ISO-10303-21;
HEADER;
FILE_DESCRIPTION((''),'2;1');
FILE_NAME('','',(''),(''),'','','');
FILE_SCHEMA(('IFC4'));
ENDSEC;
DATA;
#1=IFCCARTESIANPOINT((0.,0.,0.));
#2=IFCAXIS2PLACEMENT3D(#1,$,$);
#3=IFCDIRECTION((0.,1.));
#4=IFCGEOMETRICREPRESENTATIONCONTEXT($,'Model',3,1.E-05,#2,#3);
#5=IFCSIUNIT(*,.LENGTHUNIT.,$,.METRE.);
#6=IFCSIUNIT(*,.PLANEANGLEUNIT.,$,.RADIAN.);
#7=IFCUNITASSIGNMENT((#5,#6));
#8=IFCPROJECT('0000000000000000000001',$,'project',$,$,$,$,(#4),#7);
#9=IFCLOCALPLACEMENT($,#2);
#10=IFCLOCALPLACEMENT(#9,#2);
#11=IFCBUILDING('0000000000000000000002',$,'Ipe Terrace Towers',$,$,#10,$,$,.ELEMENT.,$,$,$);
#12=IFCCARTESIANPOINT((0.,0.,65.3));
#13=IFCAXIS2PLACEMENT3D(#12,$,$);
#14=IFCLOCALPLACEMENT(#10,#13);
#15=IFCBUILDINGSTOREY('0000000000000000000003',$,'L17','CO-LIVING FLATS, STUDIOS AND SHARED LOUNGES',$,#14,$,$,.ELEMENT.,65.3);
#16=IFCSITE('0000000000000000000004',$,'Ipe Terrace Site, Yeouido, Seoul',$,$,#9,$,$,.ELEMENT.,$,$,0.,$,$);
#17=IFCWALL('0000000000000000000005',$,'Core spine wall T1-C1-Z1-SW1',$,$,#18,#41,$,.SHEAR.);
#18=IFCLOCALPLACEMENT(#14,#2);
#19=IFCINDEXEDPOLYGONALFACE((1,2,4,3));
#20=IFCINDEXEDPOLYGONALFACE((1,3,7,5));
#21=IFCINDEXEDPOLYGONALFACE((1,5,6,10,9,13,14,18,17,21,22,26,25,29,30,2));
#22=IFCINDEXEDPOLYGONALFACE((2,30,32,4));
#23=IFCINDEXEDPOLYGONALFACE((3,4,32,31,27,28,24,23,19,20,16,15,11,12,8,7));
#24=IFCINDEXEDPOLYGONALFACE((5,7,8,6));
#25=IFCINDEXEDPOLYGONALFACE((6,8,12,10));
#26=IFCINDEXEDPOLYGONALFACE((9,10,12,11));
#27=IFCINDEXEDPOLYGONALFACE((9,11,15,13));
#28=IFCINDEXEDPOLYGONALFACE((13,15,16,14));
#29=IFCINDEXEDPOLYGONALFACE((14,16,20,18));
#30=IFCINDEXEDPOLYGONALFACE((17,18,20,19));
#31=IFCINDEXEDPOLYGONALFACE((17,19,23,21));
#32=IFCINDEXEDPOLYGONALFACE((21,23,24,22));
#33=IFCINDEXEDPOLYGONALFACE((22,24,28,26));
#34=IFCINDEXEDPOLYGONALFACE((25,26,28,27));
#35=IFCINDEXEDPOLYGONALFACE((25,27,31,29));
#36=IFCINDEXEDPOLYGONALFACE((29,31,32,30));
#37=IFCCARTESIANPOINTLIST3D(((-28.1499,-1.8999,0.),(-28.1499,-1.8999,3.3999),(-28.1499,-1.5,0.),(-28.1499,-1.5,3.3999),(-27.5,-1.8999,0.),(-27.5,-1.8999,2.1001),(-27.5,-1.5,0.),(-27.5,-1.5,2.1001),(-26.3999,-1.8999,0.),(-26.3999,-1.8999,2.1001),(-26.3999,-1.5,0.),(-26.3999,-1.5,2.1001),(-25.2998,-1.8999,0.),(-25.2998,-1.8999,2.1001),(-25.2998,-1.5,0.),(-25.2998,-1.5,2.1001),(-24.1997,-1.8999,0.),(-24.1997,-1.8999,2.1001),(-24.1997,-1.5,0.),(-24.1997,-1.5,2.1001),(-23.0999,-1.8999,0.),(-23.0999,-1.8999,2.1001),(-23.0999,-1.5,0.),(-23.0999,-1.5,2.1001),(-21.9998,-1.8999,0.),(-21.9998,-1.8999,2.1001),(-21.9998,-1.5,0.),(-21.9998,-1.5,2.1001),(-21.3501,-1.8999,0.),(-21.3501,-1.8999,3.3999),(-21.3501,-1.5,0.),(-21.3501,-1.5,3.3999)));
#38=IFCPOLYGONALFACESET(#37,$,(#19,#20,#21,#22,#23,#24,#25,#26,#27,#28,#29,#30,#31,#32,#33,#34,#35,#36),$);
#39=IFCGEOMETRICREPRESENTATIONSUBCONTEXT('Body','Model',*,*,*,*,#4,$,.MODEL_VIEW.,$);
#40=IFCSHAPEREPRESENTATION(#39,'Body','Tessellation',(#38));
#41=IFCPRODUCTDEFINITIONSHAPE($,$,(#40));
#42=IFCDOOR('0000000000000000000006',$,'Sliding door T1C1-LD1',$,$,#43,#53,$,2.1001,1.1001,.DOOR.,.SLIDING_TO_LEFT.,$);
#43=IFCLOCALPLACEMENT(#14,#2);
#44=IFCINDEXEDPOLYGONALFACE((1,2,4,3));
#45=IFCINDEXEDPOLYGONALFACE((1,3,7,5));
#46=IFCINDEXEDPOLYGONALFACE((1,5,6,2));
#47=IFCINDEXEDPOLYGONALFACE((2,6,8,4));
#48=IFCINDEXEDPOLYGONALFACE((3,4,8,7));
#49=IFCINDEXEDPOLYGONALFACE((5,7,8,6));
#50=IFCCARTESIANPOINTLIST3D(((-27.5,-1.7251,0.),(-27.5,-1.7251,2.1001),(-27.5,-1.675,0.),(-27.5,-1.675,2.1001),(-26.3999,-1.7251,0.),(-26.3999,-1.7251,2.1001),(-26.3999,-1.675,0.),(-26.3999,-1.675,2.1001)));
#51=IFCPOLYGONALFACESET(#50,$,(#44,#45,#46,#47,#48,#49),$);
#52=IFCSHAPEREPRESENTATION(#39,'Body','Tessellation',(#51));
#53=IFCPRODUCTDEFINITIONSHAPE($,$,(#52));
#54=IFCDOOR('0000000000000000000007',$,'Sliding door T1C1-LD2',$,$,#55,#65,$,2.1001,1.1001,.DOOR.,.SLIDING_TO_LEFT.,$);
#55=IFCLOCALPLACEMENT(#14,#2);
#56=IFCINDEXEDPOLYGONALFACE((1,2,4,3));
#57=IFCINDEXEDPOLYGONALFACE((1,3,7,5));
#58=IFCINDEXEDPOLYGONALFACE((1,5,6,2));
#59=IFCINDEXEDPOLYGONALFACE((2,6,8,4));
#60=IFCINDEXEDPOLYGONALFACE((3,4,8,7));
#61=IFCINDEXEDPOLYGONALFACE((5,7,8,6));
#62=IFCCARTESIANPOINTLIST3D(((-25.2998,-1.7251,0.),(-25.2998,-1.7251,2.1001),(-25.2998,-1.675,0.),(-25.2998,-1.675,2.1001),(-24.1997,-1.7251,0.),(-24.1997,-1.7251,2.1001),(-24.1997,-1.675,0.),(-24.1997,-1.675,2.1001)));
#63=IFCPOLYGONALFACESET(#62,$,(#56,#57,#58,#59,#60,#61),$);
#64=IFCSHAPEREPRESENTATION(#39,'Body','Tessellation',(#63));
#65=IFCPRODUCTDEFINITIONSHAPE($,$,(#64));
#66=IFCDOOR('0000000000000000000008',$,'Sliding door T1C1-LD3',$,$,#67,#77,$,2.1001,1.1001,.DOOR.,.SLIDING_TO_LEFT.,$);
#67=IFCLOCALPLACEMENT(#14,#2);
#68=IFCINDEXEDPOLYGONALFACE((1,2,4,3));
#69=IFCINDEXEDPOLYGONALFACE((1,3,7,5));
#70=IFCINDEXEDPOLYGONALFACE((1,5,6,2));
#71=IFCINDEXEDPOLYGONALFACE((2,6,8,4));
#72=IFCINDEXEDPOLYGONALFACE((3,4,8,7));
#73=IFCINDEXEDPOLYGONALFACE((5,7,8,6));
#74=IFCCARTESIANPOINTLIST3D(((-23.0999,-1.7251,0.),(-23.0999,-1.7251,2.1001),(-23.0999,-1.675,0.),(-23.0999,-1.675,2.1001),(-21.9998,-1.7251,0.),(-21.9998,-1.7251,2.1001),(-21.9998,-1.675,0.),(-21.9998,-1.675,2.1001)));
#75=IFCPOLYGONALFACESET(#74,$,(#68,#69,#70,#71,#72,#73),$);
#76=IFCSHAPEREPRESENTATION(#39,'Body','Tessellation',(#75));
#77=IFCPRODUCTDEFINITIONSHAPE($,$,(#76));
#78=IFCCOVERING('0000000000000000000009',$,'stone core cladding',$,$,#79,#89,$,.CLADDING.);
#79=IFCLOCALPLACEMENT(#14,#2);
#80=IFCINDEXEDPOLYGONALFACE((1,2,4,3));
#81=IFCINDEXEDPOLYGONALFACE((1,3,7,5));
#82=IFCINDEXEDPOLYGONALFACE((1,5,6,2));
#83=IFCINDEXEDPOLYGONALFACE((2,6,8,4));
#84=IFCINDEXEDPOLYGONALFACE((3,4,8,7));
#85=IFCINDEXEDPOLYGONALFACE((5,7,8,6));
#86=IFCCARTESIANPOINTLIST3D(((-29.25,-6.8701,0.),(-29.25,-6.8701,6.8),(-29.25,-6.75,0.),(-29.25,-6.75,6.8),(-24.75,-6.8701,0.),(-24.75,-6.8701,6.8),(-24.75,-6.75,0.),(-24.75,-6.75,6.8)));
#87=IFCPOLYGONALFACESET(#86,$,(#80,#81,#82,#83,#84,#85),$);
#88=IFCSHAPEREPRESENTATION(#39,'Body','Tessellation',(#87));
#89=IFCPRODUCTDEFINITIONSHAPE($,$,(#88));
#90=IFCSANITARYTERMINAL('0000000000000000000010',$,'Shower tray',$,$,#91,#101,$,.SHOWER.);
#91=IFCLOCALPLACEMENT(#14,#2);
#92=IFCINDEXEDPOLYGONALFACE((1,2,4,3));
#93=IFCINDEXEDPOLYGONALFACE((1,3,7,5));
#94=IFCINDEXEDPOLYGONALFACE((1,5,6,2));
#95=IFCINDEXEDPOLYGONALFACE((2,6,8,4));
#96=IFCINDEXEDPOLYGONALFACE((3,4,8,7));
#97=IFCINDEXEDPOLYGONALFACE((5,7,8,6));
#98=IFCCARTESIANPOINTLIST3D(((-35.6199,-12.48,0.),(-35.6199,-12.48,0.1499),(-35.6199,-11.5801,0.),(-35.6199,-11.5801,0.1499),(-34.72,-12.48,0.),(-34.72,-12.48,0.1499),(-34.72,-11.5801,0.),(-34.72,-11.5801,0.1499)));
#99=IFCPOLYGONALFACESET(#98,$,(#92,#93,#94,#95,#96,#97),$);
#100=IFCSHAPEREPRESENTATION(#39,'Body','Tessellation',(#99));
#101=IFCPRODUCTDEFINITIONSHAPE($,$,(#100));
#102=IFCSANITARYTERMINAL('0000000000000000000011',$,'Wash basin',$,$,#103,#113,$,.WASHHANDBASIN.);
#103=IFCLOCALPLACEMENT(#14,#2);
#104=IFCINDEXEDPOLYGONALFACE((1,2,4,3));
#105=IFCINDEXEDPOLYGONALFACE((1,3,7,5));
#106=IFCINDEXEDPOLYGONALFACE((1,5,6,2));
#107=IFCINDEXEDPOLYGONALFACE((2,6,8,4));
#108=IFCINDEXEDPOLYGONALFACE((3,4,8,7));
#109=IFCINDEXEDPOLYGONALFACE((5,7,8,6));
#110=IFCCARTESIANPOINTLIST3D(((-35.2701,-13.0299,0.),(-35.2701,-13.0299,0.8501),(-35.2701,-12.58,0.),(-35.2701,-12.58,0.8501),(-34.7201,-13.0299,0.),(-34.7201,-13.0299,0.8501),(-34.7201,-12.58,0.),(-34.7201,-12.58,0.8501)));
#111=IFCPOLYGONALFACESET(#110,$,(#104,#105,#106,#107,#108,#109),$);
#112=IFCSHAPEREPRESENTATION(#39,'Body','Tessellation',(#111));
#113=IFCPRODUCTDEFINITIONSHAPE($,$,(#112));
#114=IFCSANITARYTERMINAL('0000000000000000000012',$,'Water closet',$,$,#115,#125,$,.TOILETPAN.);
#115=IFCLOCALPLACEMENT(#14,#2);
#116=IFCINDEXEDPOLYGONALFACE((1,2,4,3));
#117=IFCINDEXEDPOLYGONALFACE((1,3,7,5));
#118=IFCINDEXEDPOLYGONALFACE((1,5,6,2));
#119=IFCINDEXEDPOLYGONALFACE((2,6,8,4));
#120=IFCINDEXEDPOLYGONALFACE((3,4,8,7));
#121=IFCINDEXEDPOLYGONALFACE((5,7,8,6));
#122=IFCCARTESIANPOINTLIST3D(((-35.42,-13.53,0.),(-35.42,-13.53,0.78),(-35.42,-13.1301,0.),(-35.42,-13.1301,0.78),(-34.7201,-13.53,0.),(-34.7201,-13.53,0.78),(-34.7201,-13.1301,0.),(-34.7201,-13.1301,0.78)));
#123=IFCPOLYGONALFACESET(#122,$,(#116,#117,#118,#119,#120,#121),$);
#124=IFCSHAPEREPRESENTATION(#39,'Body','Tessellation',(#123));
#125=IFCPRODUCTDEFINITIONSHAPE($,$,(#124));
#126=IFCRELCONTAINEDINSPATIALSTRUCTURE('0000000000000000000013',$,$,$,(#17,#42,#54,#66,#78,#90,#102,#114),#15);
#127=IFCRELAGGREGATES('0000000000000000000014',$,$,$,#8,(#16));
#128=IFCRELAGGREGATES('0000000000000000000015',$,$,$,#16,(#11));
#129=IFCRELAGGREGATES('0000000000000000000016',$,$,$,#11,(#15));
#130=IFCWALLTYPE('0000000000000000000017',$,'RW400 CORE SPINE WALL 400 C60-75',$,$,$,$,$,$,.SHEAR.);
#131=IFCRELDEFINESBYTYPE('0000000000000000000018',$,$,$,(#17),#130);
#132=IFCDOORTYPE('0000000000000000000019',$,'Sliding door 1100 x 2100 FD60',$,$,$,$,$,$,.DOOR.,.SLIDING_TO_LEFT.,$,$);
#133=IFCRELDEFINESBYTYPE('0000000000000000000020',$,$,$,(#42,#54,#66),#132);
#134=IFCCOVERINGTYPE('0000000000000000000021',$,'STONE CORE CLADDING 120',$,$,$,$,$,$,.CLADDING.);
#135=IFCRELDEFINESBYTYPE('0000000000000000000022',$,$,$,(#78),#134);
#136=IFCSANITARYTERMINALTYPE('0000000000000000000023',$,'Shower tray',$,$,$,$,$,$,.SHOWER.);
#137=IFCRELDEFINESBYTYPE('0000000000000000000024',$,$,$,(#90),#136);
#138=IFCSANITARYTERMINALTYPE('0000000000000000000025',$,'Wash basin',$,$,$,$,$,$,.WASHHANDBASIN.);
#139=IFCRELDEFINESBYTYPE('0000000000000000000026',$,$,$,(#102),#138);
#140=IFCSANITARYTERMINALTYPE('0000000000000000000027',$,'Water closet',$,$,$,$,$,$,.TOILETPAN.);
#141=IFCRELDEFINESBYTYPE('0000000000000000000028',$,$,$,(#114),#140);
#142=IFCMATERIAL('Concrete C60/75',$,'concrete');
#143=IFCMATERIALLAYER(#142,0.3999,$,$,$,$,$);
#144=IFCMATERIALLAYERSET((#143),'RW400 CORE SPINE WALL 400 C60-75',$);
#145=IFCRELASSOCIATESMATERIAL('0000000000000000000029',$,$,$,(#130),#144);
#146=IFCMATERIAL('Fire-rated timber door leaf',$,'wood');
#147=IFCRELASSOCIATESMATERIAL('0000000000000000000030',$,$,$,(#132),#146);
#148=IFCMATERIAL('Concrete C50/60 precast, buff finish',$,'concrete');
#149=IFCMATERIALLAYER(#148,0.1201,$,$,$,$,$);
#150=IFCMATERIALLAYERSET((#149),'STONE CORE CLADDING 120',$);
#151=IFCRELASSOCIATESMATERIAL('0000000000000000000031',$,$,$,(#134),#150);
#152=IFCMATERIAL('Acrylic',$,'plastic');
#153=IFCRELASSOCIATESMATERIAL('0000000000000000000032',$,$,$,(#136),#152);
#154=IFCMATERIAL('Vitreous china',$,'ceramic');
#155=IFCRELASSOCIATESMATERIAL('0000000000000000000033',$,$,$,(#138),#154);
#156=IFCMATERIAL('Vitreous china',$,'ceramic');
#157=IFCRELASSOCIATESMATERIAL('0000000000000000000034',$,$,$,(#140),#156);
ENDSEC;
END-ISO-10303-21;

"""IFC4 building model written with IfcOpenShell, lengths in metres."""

from ifc_helpers import new_model, si_unit, direction, frame, frame_2d, origin, origin_2d, place, context, subcontext, project, spatial, rectangle, extrude, material, layer, layer_set, type_object, element, fill, save


model = new_model("IFC4")

# Units and contexts
model_context = context("Model", 3, precision=1e-05, world=origin(), true_north=direction((0.0, 1.0)))
body_context = subcontext(model_context, "Body", "Model", "MODEL_VIEW")
ifc_project = project(units=[si_unit("LENGTHUNIT", "METRE"), si_unit("PLANEANGLEUNIT", "RADIAN")], contexts=[model_context])

# Site, building, storey
site_placement = place(None, origin())
site = spatial("IfcSite", under=ifc_project, at=site_placement, Name="Ipe Terrace Site, Yeouido, Seoul", CompositionType="ELEMENT", RefElevation=0.0)
building_placement = place(site_placement, origin())
building = spatial("IfcBuilding", under=site, at=building_placement, Name="Ipe Terrace Towers", CompositionType="ELEMENT")
storey_placement = place(building_placement, frame((0.0, 0.0, 65.3)))
storey = spatial("IfcBuildingStorey", under=building, at=storey_placement, Name="L17", Description="CO-LIVING FLATS, STUDIOS AND SHARED LOUNGES", CompositionType="ELEMENT", Elevation=65.3)

# Wall, openings, doors
ifc_material_1 = material(Name="Concrete C60/75", Category="concrete")
ifc_layer_1 = layer(ifc_material_1, 0.3999)
ifc_layer_set_1 = layer_set([ifc_layer_1], Name="RW400 CORE SPINE WALL 400 C60-75")
wall_type_1 = type_object("IfcWallType", Name="RW400 CORE SPINE WALL 400 C60-75", PredefinedType="SHEAR", material=ifc_layer_set_1)
wall_1_placement = place(storey_placement, frame((-28.1499, -1.7, 0.0), z_axis=(0.0, 0.0, 1.0), x_axis=(1.0, 0.0, 0.0)))
wall_1 = element("IfcWall", 1, at=wall_1_placement, inside=storey, type_object=wall_type_1, Name="Core spine wall T1-C1-Z1-SW1", PredefinedType="SHEAR", context=body_context, shape_type="SweptSolid", body=[
    extrude(rectangle(XDim=6.7998, YDim=0.3999, at=frame_2d((3.3999, 0.0))), origin(), (0.0, 0.0, 1.0), 3.3999),
])
opening_1_placement = place(wall_1_placement, frame((0.6499, 0.0, 0.0)))
opening_1 = element("IfcOpeningElement", 2, at=opening_1_placement, cuts=wall_1, PredefinedType="OPENING", context=body_context, shape_type="SweptSolid", body=[
    extrude(rectangle(XDim=1.1001, YDim=2.1001, at=frame_2d((0.55, 1.05))), frame((0.0, 0.21, 0.0), z_axis=(0.0, -1.0, 0.0), x_axis=(1.0, 0.0, 0.0)), (0.0, 0.0, 1.0), 0.4199),
])
opening_2_placement = place(wall_1_placement, frame((2.8501, 0.0, 0.0)))
opening_2 = element("IfcOpeningElement", 3, at=opening_2_placement, cuts=wall_1, PredefinedType="OPENING", context=body_context, shape_type="SweptSolid", body=[
    extrude(rectangle(XDim=1.1001, YDim=2.1001, at=frame_2d((0.55, 1.05))), frame((0.0, 0.21, 0.0), z_axis=(0.0, -1.0, 0.0), x_axis=(1.0, 0.0, 0.0)), (0.0, 0.0, 1.0), 0.4199),
])
opening_3_placement = place(wall_1_placement, frame((5.05, 0.0, 0.0)))
opening_3 = element("IfcOpeningElement", 4, at=opening_3_placement, cuts=wall_1, PredefinedType="OPENING", context=body_context, shape_type="SweptSolid", body=[
    extrude(rectangle(XDim=1.1001, YDim=2.1001, at=frame_2d((0.55, 1.05))), frame((0.0, 0.21, 0.0), z_axis=(0.0, -1.0, 0.0), x_axis=(1.0, 0.0, 0.0)), (0.0, 0.0, 1.0), 0.4199),
])
ifc_material_2 = material(Name="Fire-rated timber door leaf", Category="wood")
door_type_1 = type_object("IfcDoorType", Name="Sliding door 1100 x 2100 FD60", OperationType="SLIDING_TO_LEFT", PredefinedType="DOOR", material=ifc_material_2)
door_1_placement = place(opening_1_placement, origin())
door_1 = element("IfcDoor", 5, at=door_1_placement, inside=storey, type_object=door_type_1, Name="Sliding door T1C1-LD1", OperationType="SLIDING_TO_LEFT", OverallHeight=2.1001, OverallWidth=1.1001, PredefinedType="DOOR", context=body_context, shape_type="SweptSolid", body=[
    extrude(rectangle(XDim=1.1001, YDim=2.1001, at=frame_2d((0.55, 1.05))), frame((0.0, 0.0249, 0.0), z_axis=(0.0, -1.0, 0.0), x_axis=(1.0, 0.0, 0.0)), (0.0, 0.0, 1.0), 0.05),
])
fill(opening_1, door_1)
door_2_placement = place(opening_2_placement, origin())
door_2 = element("IfcDoor", 6, at=door_2_placement, inside=storey, type_object=door_type_1, Name="Sliding door T1C1-LD2", OperationType="SLIDING_TO_LEFT", OverallHeight=2.1001, OverallWidth=1.1001, PredefinedType="DOOR", context=body_context, shape_type="SweptSolid", body=[
    extrude(rectangle(XDim=1.1001, YDim=2.1001, at=frame_2d((0.55, 1.05))), frame((0.0, 0.0249, 0.0), z_axis=(0.0, -1.0, 0.0), x_axis=(1.0, 0.0, 0.0)), (0.0, 0.0, 1.0), 0.05),
])
fill(opening_2, door_2)
door_3_placement = place(opening_3_placement, origin())
door_3 = element("IfcDoor", 7, at=door_3_placement, inside=storey, type_object=door_type_1, Name="Sliding door T1C1-LD3", OperationType="SLIDING_TO_LEFT", OverallHeight=2.1001, OverallWidth=1.1001, PredefinedType="DOOR", context=body_context, shape_type="SweptSolid", body=[
    extrude(rectangle(XDim=1.1001, YDim=2.1001, at=frame_2d((0.55, 1.05))), frame((0.0, 0.0249, 0.0), z_axis=(0.0, -1.0, 0.0), x_axis=(1.0, 0.0, 0.0)), (0.0, 0.0, 1.0), 0.05),
])
fill(opening_3, door_3)

# Covering
ifc_material_3 = material(Name="Concrete C50/60 precast, buff finish", Category="concrete")
ifc_layer_2 = layer(ifc_material_3, 0.1201)
ifc_layer_set_2 = layer_set([ifc_layer_2], Name="STONE CORE CLADDING 120")
covering_type = type_object("IfcCoveringType", Name="STONE CORE CLADDING 120", PredefinedType="CLADDING", material=ifc_layer_set_2)
covering_placement = place(storey_placement, frame((-27.0, -6.8101, 0.0), z_axis=(0.0, 0.0, 1.0), x_axis=(1.0, 0.0, 0.0)))
element("IfcCovering", 8, at=covering_placement, inside=storey, type_object=covering_type, Name="stone core cladding", PredefinedType="CLADDING", context=body_context, shape_type="SweptSolid", body=[
    extrude(rectangle(XDim=4.5, YDim=0.1201, at=origin_2d()), origin(), (0.0, 0.0, 1.0), 6.8),
])

# Sanitary terminals
ifc_material_4 = material(Name="Acrylic", Category="plastic")
sanitary_terminal_type_1 = type_object("IfcSanitaryTerminalType", Name="Shower tray", PredefinedType="SHOWER", material=ifc_material_4)
sanitary_terminal_1_placement = place(storey_placement, frame((-35.1699, -12.03, 0.0), z_axis=(0.0, 0.0, 1.0), x_axis=(-1.0, 0.0, 0.0)))
element("IfcSanitaryTerminal", 9, at=sanitary_terminal_1_placement, inside=storey, type_object=sanitary_terminal_type_1, Name="Shower tray", PredefinedType="SHOWER", context=body_context, shape_type="SweptSolid", body=[
    extrude(rectangle(XDim=0.8999, YDim=0.8999, at=origin_2d()), origin(), (0.0, 0.0, 1.0), 0.1499),
])
ifc_material_5 = material(Name="Vitreous china", Category="ceramic")
sanitary_terminal_type_2 = type_object("IfcSanitaryTerminalType", Name="Wash basin", PredefinedType="WASHHANDBASIN", material=ifc_material_5)
sanitary_terminal_2_placement = place(storey_placement, frame((-34.9951, -12.8049, 0.0), z_axis=(0.0, 0.0, 1.0), x_axis=(-1.0, 0.0, 0.0)))
element("IfcSanitaryTerminal", 10, at=sanitary_terminal_2_placement, inside=storey, type_object=sanitary_terminal_type_2, Name="Wash basin", PredefinedType="WASHHANDBASIN", context=body_context, shape_type="SweptSolid", body=[
    extrude(rectangle(XDim=0.55, YDim=0.45, at=origin_2d()), origin(), (0.0, 0.0, 1.0), 0.8501),
])
ifc_material_6 = material(Name="Vitreous china", Category="ceramic")
sanitary_terminal_type_3 = type_object("IfcSanitaryTerminalType", Name="Water closet", PredefinedType="TOILETPAN", material=ifc_material_6)
sanitary_terminal_3_placement = place(storey_placement, frame((-35.0701, -13.3301, 0.0), z_axis=(0.0, 0.0, 1.0), x_axis=(-1.0, 0.0, 0.0)))
element("IfcSanitaryTerminal", 11, at=sanitary_terminal_3_placement, inside=storey, type_object=sanitary_terminal_type_3, Name="Water closet", PredefinedType="TOILETPAN", context=body_context, shape_type="SweptSolid", body=[
    extrude(rectangle(XDim=0.7, YDim=0.3999, at=origin_2d()), origin(), (0.0, 0.0, 1.0), 0.78),
])

save(model, "model.ifc")
